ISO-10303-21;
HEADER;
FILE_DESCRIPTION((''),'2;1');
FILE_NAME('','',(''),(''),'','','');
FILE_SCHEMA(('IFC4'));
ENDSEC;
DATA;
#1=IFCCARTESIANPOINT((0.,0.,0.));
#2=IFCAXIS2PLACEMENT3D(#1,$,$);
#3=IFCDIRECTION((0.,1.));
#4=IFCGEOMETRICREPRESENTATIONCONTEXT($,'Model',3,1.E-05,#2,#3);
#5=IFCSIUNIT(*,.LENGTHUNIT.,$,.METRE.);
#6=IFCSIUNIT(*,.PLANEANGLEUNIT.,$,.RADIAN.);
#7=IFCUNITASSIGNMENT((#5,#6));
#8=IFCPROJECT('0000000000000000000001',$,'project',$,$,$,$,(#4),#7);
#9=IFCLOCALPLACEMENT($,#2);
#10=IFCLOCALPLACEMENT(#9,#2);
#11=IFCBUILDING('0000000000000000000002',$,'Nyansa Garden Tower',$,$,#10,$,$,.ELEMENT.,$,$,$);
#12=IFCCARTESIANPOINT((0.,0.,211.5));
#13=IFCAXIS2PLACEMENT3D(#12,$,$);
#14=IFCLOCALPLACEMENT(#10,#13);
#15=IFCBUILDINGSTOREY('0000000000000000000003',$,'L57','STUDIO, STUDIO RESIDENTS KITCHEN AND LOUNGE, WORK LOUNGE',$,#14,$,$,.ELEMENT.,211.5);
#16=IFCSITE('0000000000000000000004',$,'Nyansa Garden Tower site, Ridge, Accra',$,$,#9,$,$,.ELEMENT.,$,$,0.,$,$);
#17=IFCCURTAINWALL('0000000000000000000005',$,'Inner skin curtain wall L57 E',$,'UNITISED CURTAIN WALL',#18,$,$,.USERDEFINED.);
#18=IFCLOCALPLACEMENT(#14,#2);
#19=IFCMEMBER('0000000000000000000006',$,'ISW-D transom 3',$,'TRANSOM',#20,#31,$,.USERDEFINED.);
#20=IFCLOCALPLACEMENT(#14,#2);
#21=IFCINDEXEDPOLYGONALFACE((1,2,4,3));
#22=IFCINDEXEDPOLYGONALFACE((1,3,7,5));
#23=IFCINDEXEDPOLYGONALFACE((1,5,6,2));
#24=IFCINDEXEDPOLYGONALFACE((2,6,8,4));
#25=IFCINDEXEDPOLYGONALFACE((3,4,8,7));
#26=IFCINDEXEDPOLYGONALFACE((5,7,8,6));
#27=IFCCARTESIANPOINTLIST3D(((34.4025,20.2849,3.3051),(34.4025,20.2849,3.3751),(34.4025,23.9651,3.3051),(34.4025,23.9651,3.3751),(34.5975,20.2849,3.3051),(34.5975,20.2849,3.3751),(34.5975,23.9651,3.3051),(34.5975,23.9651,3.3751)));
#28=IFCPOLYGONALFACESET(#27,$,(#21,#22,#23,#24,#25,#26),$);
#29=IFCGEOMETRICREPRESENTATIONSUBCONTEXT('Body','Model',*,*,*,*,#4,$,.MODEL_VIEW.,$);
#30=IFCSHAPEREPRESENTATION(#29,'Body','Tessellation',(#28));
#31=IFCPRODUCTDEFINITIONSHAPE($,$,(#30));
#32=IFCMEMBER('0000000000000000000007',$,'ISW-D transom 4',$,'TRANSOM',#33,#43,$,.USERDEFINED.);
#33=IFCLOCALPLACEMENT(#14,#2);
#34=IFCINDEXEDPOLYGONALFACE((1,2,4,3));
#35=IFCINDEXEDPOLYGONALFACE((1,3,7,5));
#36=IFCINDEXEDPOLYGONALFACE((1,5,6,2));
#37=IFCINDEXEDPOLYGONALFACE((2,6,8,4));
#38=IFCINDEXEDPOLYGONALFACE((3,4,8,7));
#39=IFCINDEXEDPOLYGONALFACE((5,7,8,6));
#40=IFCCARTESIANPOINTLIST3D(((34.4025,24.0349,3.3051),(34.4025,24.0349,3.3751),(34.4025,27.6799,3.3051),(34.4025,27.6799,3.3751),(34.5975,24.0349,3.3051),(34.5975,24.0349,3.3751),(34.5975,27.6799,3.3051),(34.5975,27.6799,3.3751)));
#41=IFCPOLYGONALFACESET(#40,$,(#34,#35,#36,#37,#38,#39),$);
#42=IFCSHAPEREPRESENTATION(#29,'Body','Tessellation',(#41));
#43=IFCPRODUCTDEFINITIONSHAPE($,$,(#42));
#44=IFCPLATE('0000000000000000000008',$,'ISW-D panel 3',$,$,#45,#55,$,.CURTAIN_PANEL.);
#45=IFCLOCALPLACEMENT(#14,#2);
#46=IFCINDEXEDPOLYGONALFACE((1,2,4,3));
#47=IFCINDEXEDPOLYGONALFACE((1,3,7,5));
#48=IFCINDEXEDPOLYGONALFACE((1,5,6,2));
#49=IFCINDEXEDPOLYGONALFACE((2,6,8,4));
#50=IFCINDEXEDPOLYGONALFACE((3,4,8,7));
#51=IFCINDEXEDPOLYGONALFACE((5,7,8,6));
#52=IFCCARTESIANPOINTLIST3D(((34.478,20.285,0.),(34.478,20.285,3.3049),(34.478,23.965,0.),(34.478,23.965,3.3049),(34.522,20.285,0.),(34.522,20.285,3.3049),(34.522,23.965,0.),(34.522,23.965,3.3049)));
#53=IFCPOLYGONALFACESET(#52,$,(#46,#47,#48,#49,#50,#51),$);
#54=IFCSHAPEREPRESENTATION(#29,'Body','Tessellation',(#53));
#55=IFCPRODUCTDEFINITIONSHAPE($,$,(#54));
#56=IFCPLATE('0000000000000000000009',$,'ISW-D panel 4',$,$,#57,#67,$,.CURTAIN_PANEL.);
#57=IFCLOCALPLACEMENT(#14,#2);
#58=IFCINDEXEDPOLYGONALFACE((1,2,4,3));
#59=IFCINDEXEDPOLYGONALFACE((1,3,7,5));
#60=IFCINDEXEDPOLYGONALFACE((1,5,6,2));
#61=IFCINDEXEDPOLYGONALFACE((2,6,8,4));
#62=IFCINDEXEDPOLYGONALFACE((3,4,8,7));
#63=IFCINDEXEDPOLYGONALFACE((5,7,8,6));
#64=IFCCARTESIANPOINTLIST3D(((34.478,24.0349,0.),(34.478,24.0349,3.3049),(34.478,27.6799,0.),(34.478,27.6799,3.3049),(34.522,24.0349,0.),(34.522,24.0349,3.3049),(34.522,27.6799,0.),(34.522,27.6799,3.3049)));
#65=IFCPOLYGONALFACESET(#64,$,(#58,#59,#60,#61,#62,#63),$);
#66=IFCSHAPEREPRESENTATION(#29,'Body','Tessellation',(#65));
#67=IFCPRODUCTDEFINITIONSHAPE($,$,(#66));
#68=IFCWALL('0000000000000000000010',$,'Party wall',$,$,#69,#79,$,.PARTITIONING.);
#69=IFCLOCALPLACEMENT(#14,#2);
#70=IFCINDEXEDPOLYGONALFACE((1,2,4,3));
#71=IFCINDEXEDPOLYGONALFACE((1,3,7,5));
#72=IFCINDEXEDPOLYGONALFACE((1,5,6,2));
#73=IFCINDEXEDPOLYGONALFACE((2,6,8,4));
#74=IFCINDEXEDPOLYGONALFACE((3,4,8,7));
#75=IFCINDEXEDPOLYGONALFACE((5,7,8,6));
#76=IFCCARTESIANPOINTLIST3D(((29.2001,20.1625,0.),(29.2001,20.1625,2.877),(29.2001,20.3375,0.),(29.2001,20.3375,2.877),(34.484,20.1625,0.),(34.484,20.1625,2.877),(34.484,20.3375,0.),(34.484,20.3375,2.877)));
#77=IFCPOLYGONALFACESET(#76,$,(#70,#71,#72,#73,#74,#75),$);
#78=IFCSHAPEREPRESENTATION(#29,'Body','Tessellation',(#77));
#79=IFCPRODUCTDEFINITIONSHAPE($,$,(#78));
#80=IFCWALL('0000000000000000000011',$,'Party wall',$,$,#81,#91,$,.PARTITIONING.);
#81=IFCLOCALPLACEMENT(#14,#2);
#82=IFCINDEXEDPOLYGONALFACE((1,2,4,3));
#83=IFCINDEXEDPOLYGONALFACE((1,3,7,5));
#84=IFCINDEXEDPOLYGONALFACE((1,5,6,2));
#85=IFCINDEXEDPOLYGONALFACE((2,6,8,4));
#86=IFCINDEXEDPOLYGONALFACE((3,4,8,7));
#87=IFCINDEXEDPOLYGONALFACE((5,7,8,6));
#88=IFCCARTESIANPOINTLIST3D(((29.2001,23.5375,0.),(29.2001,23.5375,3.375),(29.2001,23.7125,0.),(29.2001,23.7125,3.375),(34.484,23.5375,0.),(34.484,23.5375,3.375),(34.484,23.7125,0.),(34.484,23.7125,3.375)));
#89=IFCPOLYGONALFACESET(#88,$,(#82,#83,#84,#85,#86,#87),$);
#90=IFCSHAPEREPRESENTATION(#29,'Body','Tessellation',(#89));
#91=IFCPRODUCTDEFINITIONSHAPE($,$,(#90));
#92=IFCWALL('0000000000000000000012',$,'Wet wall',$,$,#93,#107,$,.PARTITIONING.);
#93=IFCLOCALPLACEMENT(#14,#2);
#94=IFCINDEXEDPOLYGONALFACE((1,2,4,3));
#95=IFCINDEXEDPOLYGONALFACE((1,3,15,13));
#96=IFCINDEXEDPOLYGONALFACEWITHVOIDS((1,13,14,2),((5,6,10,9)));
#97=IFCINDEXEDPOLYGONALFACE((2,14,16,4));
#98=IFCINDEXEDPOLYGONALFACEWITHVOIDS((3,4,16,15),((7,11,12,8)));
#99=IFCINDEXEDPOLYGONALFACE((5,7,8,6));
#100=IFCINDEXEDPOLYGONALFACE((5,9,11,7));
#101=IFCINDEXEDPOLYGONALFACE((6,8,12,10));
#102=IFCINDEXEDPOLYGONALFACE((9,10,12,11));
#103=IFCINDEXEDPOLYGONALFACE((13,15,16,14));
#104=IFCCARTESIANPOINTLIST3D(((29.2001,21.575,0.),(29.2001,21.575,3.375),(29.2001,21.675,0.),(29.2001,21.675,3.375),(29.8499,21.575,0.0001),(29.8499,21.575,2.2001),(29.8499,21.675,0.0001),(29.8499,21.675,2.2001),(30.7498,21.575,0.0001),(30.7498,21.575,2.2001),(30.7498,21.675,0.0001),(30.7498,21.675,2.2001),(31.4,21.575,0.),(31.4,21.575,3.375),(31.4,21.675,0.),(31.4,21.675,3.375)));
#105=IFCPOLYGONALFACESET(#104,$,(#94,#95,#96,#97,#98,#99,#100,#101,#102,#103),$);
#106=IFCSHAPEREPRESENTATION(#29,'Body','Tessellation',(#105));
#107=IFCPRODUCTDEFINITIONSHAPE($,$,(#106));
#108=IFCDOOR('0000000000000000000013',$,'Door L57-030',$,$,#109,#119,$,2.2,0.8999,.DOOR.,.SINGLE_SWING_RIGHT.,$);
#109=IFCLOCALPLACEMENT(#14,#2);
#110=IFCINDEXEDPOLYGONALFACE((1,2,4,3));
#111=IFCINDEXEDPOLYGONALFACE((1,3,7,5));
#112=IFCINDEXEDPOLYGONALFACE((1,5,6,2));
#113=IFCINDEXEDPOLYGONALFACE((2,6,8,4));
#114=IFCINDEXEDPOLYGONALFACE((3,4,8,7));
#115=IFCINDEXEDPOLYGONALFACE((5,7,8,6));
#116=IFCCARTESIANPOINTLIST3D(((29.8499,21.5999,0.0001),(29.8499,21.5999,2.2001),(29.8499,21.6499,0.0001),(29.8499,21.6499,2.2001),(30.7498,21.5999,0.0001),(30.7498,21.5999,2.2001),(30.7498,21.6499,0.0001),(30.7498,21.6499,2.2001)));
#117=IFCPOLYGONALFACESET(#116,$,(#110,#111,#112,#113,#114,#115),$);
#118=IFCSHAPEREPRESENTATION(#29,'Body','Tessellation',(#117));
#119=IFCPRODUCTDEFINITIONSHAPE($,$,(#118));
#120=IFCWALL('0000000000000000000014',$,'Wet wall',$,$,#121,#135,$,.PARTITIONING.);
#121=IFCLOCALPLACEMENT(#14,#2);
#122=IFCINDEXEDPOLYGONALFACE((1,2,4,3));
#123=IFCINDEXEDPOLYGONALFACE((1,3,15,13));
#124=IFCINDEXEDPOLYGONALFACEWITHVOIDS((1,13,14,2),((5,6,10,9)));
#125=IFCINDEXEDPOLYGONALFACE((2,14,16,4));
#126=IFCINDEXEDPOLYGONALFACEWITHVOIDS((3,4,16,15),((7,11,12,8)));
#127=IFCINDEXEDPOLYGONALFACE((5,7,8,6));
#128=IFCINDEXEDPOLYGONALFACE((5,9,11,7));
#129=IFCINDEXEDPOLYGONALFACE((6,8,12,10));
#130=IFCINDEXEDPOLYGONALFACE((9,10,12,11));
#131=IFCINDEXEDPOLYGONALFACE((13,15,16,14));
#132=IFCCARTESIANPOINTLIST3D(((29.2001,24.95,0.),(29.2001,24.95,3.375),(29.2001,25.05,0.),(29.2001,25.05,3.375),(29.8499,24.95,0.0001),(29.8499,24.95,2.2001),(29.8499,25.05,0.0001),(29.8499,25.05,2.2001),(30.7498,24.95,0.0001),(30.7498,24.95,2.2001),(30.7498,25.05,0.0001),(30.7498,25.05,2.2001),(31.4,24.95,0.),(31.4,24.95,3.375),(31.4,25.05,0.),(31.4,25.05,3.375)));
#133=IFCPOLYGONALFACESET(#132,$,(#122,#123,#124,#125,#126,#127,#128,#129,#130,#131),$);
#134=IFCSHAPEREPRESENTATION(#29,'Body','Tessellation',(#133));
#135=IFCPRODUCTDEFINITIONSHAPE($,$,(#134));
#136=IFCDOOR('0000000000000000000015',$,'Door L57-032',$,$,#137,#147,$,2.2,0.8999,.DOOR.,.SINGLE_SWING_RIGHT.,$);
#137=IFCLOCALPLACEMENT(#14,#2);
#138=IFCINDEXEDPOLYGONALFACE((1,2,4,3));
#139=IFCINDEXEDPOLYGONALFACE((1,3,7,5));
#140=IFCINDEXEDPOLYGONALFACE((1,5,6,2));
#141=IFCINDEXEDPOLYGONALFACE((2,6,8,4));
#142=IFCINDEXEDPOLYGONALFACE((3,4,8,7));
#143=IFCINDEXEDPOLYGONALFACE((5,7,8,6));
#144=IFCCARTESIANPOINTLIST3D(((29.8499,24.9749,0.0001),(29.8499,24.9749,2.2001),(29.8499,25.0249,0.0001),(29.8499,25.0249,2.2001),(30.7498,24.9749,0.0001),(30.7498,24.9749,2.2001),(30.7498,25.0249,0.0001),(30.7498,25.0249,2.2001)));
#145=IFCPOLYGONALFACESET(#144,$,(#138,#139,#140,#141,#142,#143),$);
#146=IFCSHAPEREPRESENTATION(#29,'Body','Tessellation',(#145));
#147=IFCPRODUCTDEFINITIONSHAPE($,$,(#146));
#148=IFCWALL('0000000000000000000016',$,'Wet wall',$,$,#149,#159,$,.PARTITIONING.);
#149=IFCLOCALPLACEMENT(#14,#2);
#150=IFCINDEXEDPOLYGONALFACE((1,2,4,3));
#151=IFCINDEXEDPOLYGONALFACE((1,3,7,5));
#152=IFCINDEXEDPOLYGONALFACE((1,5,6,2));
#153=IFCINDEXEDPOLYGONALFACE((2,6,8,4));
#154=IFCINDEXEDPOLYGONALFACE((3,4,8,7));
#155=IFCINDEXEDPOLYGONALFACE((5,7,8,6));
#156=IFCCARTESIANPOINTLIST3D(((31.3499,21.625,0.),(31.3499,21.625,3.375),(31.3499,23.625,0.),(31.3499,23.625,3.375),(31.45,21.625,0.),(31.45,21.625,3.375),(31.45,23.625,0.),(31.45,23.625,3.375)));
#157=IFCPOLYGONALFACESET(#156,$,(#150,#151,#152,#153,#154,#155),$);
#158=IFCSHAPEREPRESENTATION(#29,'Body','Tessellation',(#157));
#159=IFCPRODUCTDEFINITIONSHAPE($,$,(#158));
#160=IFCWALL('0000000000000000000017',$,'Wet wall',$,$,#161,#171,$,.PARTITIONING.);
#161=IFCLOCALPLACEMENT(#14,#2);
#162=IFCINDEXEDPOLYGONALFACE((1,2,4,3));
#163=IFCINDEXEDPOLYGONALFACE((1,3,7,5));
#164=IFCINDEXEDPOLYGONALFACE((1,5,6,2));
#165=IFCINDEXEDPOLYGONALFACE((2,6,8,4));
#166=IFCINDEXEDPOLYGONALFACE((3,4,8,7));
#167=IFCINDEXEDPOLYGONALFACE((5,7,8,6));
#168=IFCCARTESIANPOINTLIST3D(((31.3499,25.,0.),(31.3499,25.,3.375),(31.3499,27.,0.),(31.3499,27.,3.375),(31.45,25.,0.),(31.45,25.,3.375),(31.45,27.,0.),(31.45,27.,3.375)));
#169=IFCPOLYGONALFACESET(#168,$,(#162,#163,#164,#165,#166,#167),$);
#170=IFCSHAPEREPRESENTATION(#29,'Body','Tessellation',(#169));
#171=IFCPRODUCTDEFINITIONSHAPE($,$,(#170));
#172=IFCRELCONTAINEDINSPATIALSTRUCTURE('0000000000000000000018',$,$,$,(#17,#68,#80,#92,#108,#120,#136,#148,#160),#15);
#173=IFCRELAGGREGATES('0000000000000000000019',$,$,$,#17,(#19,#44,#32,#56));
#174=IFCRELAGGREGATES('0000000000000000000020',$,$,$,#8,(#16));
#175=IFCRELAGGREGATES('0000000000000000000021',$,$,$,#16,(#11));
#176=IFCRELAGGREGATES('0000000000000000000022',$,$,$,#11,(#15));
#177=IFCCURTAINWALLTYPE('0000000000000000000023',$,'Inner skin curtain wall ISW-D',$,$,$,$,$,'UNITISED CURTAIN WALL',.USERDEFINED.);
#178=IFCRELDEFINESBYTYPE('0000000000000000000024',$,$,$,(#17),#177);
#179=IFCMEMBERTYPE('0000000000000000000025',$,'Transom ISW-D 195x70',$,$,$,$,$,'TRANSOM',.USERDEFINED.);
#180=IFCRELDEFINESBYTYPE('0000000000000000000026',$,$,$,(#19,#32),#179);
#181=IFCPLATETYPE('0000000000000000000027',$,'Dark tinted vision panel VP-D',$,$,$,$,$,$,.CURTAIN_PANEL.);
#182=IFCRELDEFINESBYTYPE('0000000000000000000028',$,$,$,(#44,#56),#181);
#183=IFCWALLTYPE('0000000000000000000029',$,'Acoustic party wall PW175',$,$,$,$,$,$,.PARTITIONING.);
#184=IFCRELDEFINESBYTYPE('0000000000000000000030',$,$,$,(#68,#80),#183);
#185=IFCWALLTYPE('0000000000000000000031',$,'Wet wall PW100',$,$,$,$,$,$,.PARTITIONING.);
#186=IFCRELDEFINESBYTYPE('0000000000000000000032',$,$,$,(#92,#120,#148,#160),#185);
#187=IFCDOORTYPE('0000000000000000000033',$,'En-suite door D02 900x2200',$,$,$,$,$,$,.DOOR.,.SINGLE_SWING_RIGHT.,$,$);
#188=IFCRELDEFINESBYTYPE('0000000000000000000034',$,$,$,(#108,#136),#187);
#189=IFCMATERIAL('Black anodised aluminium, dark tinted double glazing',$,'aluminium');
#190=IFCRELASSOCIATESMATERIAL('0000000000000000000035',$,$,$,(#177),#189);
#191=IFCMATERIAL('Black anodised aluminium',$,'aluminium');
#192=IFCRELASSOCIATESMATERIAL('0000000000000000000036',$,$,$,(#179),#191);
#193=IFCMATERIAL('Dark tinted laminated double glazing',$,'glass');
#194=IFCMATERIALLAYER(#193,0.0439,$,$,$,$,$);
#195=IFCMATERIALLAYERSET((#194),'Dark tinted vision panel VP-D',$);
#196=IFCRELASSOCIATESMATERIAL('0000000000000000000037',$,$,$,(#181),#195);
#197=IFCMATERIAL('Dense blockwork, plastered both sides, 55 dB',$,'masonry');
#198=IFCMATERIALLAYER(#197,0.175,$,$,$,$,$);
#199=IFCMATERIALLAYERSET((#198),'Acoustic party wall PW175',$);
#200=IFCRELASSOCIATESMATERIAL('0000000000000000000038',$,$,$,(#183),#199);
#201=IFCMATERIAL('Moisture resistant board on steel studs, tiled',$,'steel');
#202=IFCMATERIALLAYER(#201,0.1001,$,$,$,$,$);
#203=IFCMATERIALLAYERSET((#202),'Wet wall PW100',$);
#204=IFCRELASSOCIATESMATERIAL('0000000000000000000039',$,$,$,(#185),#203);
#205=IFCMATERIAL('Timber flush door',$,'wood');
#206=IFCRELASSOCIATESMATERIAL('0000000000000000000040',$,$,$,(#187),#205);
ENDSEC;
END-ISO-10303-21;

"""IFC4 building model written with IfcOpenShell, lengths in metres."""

from ifc_helpers import new_model, si_unit, direction, frame, frame_2d, origin, origin_2d, place, context, subcontext, project, spatial, rectangle, extrude, material, layer, layer_set, material_profile, profile_set, type_object, element, fill, aggregate, save


model = new_model("IFC4")

# Units and contexts
model_context = context("Model", 3, precision=1e-05, world=origin(), true_north=direction((0.0, 1.0)))
body_context = subcontext(model_context, "Body", "Model", "MODEL_VIEW")
ifc_project = project(units=[si_unit("LENGTHUNIT", "METRE"), si_unit("PLANEANGLEUNIT", "RADIAN")], contexts=[model_context])

# Site, building, storey
site_placement = place(None, origin())
site = spatial("IfcSite", under=ifc_project, at=site_placement, Name="Nyansa Garden Tower site, Ridge, Accra", CompositionType="ELEMENT", RefElevation=0.0)
building_placement = place(site_placement, origin())
building = spatial("IfcBuilding", under=site, at=building_placement, Name="Nyansa Garden Tower", CompositionType="ELEMENT")
storey_placement = place(building_placement, frame((0.0, 0.0, 211.5)))
storey = spatial("IfcBuildingStorey", under=building, at=storey_placement, Name="L57", Description="STUDIO, STUDIO RESIDENTS KITCHEN AND LOUNGE, WORK LOUNGE", CompositionType="ELEMENT", Elevation=211.5)

# Curtain wall
ifc_material_1 = material(Name="Black anodised aluminium, dark tinted double glazing", Category="aluminium")
curtain_wall_type = type_object("IfcCurtainWallType", Name="Inner skin curtain wall ISW-D", ElementType="UNITISED CURTAIN WALL", PredefinedType="USERDEFINED", material=ifc_material_1)
curtain_wall_placement = place(storey_placement, origin())
curtain_wall = element("IfcCurtainWall", 1, at=curtain_wall_placement, inside=storey, type_object=curtain_wall_type, Name="Inner skin curtain wall L57 E", ObjectType="UNITISED CURTAIN WALL", PredefinedType="USERDEFINED")

# Members
ifc_material_2 = material(Name="Black anodised aluminium", Category="aluminium")
ifc_material_profile_1 = material_profile(ifc_material_2, rectangle(XDim=0.1951, YDim=0.0701, at=origin_2d()), Name="Transom 195x70")
ifc_profile_set_1 = profile_set([ifc_material_profile_1], Name="Black anodised aluminium")
member_type_1 = type_object("IfcMemberType", Name="Transom ISW-D 195x70", ElementType="TRANSOM", PredefinedType="USERDEFINED", material=ifc_profile_set_1)
member_1_placement = place(storey_placement, frame((34.5, 20.2849, 3.3401), z_axis=(0.0, 1.0, 0.0), x_axis=(-1.0, 0.0, 0.0)))
member_1 = element("IfcMember", 2, at=member_1_placement, type_object=member_type_1, Name="ISW-D transom 3", ObjectType="TRANSOM", PredefinedType="USERDEFINED", context=body_context, shape_type="SweptSolid", body=[
    extrude(rectangle(XDim=0.1951, YDim=0.0701, at=origin_2d()), origin(), (0.0, 0.0, 1.0), 3.6802),
])
member_2_placement = place(storey_placement, frame((34.5, 24.0349, 3.3401), z_axis=(0.0, 1.0, 0.0), x_axis=(-1.0, 0.0, 0.0)))
member_2 = element("IfcMember", 3, at=member_2_placement, type_object=member_type_1, Name="ISW-D transom 4", ObjectType="TRANSOM", PredefinedType="USERDEFINED", context=body_context, shape_type="SweptSolid", body=[
    extrude(rectangle(XDim=0.1951, YDim=0.0701, at=origin_2d()), origin(), (0.0, 0.0, 1.0), 3.645),
])

# Plates
ifc_material_3 = material(Name="Dark tinted laminated double glazing", Category="glass")
ifc_layer_1 = layer(ifc_material_3, 0.0439)
ifc_layer_set_1 = layer_set([ifc_layer_1], Name="Dark tinted vision panel VP-D")
plate_type = type_object("IfcPlateType", Name="Dark tinted vision panel VP-D", PredefinedType="CURTAIN_PANEL", material=ifc_layer_set_1)
plate_1_placement = place(storey_placement, frame((34.5, 22.125, 0.0), z_axis=(0.0, 0.0, 1.0), x_axis=(0.0, 1.0, 0.0)))
plate_1 = element("IfcPlate", 4, at=plate_1_placement, type_object=plate_type, Name="ISW-D panel 3", PredefinedType="CURTAIN_PANEL", context=body_context, shape_type="SweptSolid", body=[
    extrude(rectangle(XDim=3.6799, YDim=0.0439, at=origin_2d()), origin(), (0.0, 0.0, 1.0), 3.3049),
])
plate_2_placement = place(storey_placement, frame((34.5, 25.8574, 0.0), z_axis=(0.0, 0.0, 1.0), x_axis=(0.0, 1.0, 0.0)))
plate_2 = element("IfcPlate", 5, at=plate_2_placement, type_object=plate_type, Name="ISW-D panel 4", PredefinedType="CURTAIN_PANEL", context=body_context, shape_type="SweptSolid", body=[
    extrude(rectangle(XDim=3.645, YDim=0.0439, at=origin_2d()), origin(), (0.0, 0.0, 1.0), 3.3049),
])
aggregate(curtain_wall, [member_1, plate_1, member_2, plate_2])

# Walls
ifc_material_4 = material(Name="Dense blockwork, plastered both sides, 55 dB", Category="masonry")
ifc_layer_2 = layer(ifc_material_4, 0.175)
ifc_layer_set_2 = layer_set([ifc_layer_2], Name="Acoustic party wall PW175")
wall_type_1 = type_object("IfcWallType", Name="Acoustic party wall PW175", PredefinedType="PARTITIONING", material=ifc_layer_set_2)
wall_1_placement = place(storey_placement, frame((29.2, 20.25, 0.0), z_axis=(0.0, 0.0, 1.0), x_axis=(1.0, 0.0, 0.0)))
element("IfcWall", 6, at=wall_1_placement, inside=storey, type_object=wall_type_1, Name="Party wall", PredefinedType="PARTITIONING", context=body_context, shape_type="SweptSolid", body=[
    extrude(rectangle(XDim=5.2839, YDim=0.175, at=frame_2d((2.6421, 0.0))), origin(), (0.0, 0.0, 1.0), 2.877),
])
wall_2_placement = place(storey_placement, frame((29.2, 23.625, 0.0), z_axis=(0.0, 0.0, 1.0), x_axis=(1.0, 0.0, 0.0)))
element("IfcWall", 7, at=wall_2_placement, inside=storey, type_object=wall_type_1, Name="Party wall", PredefinedType="PARTITIONING", context=body_context, shape_type="SweptSolid", body=[
    extrude(rectangle(XDim=5.2839, YDim=0.175, at=frame_2d((2.6421, 0.0))), origin(), (0.0, 0.0, 1.0), 3.375),
])

# Walls, openings, doors
ifc_material_5 = material(Name="Moisture resistant board on steel studs, tiled", Category="steel")
ifc_layer_3 = layer(ifc_material_5, 0.1001)
ifc_layer_set_3 = layer_set([ifc_layer_3], Name="Wet wall PW100")
wall_type_2 = type_object("IfcWallType", Name="Wet wall PW100", PredefinedType="PARTITIONING", material=ifc_layer_set_3)
wall_3_placement = place(storey_placement, frame((29.2, 21.625, 0.0), z_axis=(0.0, 0.0, 1.0), x_axis=(1.0, 0.0, 0.0)))
wall_3 = element("IfcWall", 8, at=wall_3_placement, inside=storey, type_object=wall_type_2, Name="Wet wall", PredefinedType="PARTITIONING", context=body_context, shape_type="SweptSolid", body=[
    extrude(rectangle(XDim=2.2, YDim=0.1001, at=frame_2d((1.1001, 0.0))), origin(), (0.0, 0.0, 1.0), 3.375),
])
opening_1_placement = place(wall_3_placement, frame((0.6499, 0.0, 0.0)))
opening_1 = element("IfcOpeningElement", 9, at=opening_1_placement, cuts=wall_3, PredefinedType="OPENING", context=body_context, shape_type="SweptSolid", body=[
    extrude(rectangle(XDim=0.8999, YDim=2.2, at=frame_2d((0.45, 1.1001))), frame((0.0, 0.0601, 0.0), z_axis=(0.0, -1.0, 0.0), x_axis=(1.0, 0.0, 0.0)), (0.0, 0.0, 1.0), 0.1201),
])
ifc_material_6 = material(Name="Timber flush door", Category="wood")
door_type = type_object("IfcDoorType", Name="En-suite door D02 900x2200", OperationType="SINGLE_SWING_RIGHT", PredefinedType="DOOR", material=ifc_material_6)
door_1_placement = place(opening_1_placement, origin())
door_1 = element("IfcDoor", 10, at=door_1_placement, inside=storey, type_object=door_type, Name="Door L57-030", OperationType="SINGLE_SWING_RIGHT", OverallHeight=2.2, OverallWidth=0.8999, PredefinedType="DOOR", context=body_context, shape_type="SweptSolid", body=[
    extrude(rectangle(XDim=0.8999, YDim=2.2, at=frame_2d((0.45, 1.1001))), frame((0.0, 0.0249, 0.0), z_axis=(0.0, -1.0, 0.0), x_axis=(1.0, 0.0, 0.0)), (0.0, 0.0, 1.0), 0.05),
])
fill(opening_1, door_1)
wall_4_placement = place(storey_placement, frame((29.2, 25.0, 0.0), z_axis=(0.0, 0.0, 1.0), x_axis=(1.0, 0.0, 0.0)))
wall_4 = element("IfcWall", 11, at=wall_4_placement, inside=storey, type_object=wall_type_2, Name="Wet wall", PredefinedType="PARTITIONING", context=body_context, shape_type="SweptSolid", body=[
    extrude(rectangle(XDim=2.2, YDim=0.1001, at=frame_2d((1.1001, 0.0))), origin(), (0.0, 0.0, 1.0), 3.375),
])
opening_2_placement = place(wall_4_placement, frame((0.6499, 0.0, 0.0)))
opening_2 = element("IfcOpeningElement", 12, at=opening_2_placement, cuts=wall_4, PredefinedType="OPENING", context=body_context, shape_type="SweptSolid", body=[
    extrude(rectangle(XDim=0.8999, YDim=2.2, at=frame_2d((0.45, 1.1001))), frame((0.0, 0.0601, 0.0), z_axis=(0.0, -1.0, 0.0), x_axis=(1.0, 0.0, 0.0)), (0.0, 0.0, 1.0), 0.1201),
])
door_2_placement = place(opening_2_placement, origin())
door_2 = element("IfcDoor", 13, at=door_2_placement, inside=storey, type_object=door_type, Name="Door L57-032", OperationType="SINGLE_SWING_RIGHT", OverallHeight=2.2, OverallWidth=0.8999, PredefinedType="DOOR", context=body_context, shape_type="SweptSolid", body=[
    extrude(rectangle(XDim=0.8999, YDim=2.2, at=frame_2d((0.45, 1.1001))), frame((0.0, 0.0249, 0.0), z_axis=(0.0, -1.0, 0.0), x_axis=(1.0, 0.0, 0.0)), (0.0, 0.0, 1.0), 0.05),
])
fill(opening_2, door_2)

# Walls
for number, where, z_axis, x_axis, name in (
    (14, (31.3999, 21.625, 0.0), (0.0, 0.0, 1.0), (0.0, 1.0, 0.0), "Wet wall"),
    (15, (31.3999, 25.0, 0.0), (0.0, 0.0, 1.0), (0.0, 1.0, 0.0), "Wet wall"),
):
    element("IfcWall", number, at=place(storey_placement, frame(where, z_axis=z_axis, x_axis=x_axis)), inside=storey, type_object=wall_type_2, Name=name, PredefinedType="PARTITIONING", context=body_context, shape_type="SweptSolid", body=[
        extrude(rectangle(XDim=2.0, YDim=0.1001, at=frame_2d((1.0, 0.0))), origin(), (0.0, 0.0, 1.0), 3.375),
    ])

save(model, "model.ifc")
